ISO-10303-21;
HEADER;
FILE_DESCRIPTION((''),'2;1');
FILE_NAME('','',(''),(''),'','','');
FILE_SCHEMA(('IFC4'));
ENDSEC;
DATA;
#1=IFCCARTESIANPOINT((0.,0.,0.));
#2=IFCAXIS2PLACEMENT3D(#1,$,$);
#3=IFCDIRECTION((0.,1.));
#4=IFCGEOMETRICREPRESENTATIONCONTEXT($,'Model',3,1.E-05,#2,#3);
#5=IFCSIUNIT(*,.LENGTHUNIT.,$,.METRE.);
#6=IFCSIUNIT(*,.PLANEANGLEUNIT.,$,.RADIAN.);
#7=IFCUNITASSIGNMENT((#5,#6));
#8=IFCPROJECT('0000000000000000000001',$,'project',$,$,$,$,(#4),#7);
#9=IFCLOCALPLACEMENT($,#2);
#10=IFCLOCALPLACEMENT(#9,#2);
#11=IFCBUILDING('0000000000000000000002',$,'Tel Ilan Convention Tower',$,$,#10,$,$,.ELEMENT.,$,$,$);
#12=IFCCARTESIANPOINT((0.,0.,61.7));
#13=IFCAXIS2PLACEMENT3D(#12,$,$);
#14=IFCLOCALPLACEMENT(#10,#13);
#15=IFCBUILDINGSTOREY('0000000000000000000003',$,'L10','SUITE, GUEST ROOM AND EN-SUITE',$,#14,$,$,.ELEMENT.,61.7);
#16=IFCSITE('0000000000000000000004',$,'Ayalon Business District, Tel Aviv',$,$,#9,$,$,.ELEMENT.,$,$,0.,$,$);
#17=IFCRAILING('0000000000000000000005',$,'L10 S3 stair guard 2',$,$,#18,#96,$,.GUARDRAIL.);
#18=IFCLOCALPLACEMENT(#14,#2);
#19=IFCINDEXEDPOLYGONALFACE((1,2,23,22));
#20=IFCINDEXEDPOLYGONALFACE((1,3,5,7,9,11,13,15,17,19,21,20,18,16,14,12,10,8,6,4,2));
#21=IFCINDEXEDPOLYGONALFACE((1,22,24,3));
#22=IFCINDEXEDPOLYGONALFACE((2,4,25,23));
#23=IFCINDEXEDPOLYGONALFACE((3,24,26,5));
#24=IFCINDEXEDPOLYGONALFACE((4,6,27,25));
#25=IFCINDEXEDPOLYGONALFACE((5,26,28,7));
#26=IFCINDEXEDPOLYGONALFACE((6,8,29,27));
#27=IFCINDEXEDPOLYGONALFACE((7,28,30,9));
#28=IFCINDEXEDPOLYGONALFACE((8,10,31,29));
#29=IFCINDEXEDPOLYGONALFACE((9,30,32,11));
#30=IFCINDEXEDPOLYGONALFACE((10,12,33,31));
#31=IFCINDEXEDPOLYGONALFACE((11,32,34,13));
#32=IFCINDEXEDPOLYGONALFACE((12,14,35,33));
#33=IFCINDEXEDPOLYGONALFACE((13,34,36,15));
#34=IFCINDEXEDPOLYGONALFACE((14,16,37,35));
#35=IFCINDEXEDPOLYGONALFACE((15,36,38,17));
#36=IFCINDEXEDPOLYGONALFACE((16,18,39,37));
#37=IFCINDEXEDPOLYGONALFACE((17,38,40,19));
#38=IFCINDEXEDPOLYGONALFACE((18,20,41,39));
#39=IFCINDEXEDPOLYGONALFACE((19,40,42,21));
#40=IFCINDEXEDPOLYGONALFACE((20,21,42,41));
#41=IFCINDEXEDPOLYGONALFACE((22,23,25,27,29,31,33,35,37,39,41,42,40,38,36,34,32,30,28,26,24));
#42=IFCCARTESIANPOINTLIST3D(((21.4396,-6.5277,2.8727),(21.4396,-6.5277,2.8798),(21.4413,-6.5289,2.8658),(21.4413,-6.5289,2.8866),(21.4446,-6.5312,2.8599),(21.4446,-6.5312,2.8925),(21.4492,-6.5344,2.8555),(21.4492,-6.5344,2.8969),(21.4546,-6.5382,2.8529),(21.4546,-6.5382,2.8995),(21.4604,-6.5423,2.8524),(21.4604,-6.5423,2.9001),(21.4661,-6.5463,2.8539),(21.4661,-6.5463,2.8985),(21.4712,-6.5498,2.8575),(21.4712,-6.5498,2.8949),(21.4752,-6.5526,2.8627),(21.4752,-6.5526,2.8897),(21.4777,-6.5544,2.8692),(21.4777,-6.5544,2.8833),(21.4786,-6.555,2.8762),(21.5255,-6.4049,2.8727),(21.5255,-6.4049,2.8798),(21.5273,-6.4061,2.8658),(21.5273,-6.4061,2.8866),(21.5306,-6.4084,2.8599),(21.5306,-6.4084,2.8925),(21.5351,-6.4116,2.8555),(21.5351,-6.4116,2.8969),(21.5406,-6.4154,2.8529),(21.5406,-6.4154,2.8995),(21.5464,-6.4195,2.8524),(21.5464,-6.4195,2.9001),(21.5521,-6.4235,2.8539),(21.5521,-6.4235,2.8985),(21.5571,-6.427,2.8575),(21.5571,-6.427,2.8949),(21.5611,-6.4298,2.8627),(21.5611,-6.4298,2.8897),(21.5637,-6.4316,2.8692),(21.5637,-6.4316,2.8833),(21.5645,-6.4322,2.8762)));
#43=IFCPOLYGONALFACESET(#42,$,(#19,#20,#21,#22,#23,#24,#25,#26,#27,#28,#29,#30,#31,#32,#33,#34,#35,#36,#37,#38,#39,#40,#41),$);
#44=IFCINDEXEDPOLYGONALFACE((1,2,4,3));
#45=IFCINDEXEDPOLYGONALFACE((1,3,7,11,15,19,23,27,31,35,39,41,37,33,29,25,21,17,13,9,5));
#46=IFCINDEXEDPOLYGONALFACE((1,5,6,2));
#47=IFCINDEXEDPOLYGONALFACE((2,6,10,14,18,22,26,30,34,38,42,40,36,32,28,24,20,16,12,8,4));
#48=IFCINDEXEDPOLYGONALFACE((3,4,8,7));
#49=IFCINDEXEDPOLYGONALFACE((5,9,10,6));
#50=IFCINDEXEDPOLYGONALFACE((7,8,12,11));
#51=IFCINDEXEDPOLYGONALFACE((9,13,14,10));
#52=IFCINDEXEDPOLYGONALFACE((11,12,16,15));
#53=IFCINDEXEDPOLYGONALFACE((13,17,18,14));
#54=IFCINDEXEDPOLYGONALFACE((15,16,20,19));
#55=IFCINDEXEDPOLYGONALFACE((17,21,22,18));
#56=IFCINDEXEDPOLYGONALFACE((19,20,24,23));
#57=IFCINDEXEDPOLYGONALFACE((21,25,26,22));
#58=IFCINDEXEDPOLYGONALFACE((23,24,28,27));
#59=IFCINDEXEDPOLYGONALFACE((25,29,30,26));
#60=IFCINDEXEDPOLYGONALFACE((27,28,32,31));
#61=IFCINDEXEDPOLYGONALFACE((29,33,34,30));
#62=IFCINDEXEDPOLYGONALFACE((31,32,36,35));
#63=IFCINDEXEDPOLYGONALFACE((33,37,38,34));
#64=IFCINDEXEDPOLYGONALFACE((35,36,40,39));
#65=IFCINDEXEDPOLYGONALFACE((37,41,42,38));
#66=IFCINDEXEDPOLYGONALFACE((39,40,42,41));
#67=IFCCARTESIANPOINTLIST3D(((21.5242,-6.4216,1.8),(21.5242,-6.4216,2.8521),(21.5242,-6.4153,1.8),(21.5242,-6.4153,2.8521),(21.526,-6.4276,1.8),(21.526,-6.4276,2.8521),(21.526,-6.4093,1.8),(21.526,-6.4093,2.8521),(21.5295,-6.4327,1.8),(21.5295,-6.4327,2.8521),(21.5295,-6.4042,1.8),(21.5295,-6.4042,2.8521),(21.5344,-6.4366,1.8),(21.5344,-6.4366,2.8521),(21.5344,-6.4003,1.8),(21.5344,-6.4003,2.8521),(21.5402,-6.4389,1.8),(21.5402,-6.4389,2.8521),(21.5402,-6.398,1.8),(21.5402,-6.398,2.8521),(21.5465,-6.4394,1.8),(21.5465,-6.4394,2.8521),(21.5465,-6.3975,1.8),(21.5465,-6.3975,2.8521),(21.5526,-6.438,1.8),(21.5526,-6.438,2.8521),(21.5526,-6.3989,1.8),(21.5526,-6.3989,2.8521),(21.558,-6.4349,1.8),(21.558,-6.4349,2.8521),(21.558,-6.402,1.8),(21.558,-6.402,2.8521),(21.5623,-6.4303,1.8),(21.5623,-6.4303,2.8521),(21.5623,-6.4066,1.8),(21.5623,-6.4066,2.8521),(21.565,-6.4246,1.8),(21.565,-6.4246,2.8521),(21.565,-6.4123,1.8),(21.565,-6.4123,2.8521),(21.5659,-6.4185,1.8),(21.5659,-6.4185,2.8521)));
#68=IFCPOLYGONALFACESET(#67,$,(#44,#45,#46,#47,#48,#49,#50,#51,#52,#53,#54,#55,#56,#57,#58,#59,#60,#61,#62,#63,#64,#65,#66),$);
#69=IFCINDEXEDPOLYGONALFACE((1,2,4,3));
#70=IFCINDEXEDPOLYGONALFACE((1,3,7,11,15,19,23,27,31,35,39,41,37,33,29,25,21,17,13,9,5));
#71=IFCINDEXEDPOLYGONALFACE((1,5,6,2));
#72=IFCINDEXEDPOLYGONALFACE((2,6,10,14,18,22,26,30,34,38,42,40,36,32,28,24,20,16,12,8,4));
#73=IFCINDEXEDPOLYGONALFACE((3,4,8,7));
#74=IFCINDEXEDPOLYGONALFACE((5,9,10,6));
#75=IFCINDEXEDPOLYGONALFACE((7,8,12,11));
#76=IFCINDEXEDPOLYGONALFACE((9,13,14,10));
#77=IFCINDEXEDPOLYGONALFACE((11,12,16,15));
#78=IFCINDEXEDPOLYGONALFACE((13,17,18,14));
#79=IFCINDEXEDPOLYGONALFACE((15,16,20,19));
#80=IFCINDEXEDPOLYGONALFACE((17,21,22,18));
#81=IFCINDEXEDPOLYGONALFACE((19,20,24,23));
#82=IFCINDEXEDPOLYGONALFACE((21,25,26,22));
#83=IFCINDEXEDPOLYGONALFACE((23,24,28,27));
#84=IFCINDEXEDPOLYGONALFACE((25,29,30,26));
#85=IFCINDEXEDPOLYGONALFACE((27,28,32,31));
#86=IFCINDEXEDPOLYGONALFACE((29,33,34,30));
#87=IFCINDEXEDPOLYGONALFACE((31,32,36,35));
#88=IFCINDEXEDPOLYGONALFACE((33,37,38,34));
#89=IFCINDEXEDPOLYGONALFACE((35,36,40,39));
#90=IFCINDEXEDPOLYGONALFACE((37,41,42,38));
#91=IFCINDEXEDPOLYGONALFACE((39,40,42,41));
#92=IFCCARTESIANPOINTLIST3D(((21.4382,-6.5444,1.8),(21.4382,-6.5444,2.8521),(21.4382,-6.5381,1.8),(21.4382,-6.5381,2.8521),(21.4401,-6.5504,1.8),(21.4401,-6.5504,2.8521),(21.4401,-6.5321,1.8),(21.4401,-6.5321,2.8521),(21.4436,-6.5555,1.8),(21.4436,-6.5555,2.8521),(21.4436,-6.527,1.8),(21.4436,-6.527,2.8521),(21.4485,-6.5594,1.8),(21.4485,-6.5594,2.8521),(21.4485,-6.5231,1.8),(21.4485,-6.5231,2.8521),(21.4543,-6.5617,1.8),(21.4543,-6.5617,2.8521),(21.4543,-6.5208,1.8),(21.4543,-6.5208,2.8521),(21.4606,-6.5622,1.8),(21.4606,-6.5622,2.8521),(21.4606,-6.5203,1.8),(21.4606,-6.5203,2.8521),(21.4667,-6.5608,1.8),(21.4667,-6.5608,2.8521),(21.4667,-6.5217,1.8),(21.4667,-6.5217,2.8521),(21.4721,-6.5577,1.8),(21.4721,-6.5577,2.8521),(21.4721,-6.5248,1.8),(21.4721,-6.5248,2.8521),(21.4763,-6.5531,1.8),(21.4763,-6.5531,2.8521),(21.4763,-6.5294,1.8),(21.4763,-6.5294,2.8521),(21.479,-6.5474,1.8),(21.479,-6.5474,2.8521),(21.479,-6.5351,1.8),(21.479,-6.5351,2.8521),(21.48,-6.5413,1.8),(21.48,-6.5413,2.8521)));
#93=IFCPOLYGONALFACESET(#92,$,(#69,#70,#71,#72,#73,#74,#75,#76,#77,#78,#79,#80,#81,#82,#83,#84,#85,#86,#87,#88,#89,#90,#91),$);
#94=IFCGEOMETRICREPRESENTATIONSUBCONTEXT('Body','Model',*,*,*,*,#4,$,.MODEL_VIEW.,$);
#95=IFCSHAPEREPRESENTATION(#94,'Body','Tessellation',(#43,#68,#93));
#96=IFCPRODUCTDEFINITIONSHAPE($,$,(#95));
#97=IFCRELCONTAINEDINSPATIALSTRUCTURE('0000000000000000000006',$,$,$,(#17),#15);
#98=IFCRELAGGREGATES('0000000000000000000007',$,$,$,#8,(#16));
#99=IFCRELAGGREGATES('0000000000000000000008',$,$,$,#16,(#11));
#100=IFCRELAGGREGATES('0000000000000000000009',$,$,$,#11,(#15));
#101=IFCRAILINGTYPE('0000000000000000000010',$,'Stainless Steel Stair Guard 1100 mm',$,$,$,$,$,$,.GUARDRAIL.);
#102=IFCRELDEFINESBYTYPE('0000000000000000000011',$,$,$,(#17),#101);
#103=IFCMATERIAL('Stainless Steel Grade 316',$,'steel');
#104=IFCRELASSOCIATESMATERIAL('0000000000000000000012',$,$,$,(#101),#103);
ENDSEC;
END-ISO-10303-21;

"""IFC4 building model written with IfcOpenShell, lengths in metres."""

from ifc_helpers import new_model, si_unit, direction, frame, origin, origin_2d, place, context, subcontext, project, spatial, circle, extrude, material, type_object, element, save


model = new_model("IFC4")

# Units and contexts
model_context = context("Model", 3, precision=1e-05, world=origin(), true_north=direction((0.0, 1.0)))
body_context = subcontext(model_context, "Body", "Model", "MODEL_VIEW")
ifc_project = project(units=[si_unit("LENGTHUNIT", "METRE"), si_unit("PLANEANGLEUNIT", "RADIAN")], contexts=[model_context])

# Site, building, storey
site_placement = place(None, origin())
site = spatial("IfcSite", under=ifc_project, at=site_placement, Name="Ayalon Business District, Tel Aviv", CompositionType="ELEMENT", RefElevation=0.0)
building_placement = place(site_placement, origin())
building = spatial("IfcBuilding", under=site, at=building_placement, Name="Tel Ilan Convention Tower", CompositionType="ELEMENT")
storey_placement = place(building_placement, frame((0.0, 0.0, 61.7)))
storey = spatial("IfcBuildingStorey", under=building, at=storey_placement, Name="L10", Description="SUITE, GUEST ROOM AND EN-SUITE", CompositionType="ELEMENT", Elevation=61.7)

# Railing
ifc_material_1 = material(Name="Stainless Steel Grade 316", Category="steel")
railing_type_1 = type_object("IfcRailingType", Name="Stainless Steel Stair Guard 1100 mm", PredefinedType="GUARDRAIL", material=ifc_material_1)
railing_1_placement = place(storey_placement, frame((21.5449, -6.4185, 1.8)))
element("IfcRailing", 1, at=railing_1_placement, inside=storey, type_object=railing_type_1, Name="L10 S3 stair guard 2", PredefinedType="GUARDRAIL", context=body_context, shape_type="SweptSolid", body=[
    extrude(circle(Radius=0.0239, at=origin_2d()), frame((0.0, 0.0, 1.0762), z_axis=(-0.573353, -0.819308, 0.0), x_axis=(0.819308, -0.573353, 0.0)), (0.0, 0.0, 1.0), 0.1499),
    extrude(circle(Radius=0.021, at=origin_2d()), origin(), (0.0, 0.0, 1.0), 1.052),
    extrude(circle(Radius=0.021, at=origin_2d()), frame((-0.0859, -0.1228, 0.0)), (0.0, 0.0, 1.0), 1.052),
])

save(model, "model.ifc")
